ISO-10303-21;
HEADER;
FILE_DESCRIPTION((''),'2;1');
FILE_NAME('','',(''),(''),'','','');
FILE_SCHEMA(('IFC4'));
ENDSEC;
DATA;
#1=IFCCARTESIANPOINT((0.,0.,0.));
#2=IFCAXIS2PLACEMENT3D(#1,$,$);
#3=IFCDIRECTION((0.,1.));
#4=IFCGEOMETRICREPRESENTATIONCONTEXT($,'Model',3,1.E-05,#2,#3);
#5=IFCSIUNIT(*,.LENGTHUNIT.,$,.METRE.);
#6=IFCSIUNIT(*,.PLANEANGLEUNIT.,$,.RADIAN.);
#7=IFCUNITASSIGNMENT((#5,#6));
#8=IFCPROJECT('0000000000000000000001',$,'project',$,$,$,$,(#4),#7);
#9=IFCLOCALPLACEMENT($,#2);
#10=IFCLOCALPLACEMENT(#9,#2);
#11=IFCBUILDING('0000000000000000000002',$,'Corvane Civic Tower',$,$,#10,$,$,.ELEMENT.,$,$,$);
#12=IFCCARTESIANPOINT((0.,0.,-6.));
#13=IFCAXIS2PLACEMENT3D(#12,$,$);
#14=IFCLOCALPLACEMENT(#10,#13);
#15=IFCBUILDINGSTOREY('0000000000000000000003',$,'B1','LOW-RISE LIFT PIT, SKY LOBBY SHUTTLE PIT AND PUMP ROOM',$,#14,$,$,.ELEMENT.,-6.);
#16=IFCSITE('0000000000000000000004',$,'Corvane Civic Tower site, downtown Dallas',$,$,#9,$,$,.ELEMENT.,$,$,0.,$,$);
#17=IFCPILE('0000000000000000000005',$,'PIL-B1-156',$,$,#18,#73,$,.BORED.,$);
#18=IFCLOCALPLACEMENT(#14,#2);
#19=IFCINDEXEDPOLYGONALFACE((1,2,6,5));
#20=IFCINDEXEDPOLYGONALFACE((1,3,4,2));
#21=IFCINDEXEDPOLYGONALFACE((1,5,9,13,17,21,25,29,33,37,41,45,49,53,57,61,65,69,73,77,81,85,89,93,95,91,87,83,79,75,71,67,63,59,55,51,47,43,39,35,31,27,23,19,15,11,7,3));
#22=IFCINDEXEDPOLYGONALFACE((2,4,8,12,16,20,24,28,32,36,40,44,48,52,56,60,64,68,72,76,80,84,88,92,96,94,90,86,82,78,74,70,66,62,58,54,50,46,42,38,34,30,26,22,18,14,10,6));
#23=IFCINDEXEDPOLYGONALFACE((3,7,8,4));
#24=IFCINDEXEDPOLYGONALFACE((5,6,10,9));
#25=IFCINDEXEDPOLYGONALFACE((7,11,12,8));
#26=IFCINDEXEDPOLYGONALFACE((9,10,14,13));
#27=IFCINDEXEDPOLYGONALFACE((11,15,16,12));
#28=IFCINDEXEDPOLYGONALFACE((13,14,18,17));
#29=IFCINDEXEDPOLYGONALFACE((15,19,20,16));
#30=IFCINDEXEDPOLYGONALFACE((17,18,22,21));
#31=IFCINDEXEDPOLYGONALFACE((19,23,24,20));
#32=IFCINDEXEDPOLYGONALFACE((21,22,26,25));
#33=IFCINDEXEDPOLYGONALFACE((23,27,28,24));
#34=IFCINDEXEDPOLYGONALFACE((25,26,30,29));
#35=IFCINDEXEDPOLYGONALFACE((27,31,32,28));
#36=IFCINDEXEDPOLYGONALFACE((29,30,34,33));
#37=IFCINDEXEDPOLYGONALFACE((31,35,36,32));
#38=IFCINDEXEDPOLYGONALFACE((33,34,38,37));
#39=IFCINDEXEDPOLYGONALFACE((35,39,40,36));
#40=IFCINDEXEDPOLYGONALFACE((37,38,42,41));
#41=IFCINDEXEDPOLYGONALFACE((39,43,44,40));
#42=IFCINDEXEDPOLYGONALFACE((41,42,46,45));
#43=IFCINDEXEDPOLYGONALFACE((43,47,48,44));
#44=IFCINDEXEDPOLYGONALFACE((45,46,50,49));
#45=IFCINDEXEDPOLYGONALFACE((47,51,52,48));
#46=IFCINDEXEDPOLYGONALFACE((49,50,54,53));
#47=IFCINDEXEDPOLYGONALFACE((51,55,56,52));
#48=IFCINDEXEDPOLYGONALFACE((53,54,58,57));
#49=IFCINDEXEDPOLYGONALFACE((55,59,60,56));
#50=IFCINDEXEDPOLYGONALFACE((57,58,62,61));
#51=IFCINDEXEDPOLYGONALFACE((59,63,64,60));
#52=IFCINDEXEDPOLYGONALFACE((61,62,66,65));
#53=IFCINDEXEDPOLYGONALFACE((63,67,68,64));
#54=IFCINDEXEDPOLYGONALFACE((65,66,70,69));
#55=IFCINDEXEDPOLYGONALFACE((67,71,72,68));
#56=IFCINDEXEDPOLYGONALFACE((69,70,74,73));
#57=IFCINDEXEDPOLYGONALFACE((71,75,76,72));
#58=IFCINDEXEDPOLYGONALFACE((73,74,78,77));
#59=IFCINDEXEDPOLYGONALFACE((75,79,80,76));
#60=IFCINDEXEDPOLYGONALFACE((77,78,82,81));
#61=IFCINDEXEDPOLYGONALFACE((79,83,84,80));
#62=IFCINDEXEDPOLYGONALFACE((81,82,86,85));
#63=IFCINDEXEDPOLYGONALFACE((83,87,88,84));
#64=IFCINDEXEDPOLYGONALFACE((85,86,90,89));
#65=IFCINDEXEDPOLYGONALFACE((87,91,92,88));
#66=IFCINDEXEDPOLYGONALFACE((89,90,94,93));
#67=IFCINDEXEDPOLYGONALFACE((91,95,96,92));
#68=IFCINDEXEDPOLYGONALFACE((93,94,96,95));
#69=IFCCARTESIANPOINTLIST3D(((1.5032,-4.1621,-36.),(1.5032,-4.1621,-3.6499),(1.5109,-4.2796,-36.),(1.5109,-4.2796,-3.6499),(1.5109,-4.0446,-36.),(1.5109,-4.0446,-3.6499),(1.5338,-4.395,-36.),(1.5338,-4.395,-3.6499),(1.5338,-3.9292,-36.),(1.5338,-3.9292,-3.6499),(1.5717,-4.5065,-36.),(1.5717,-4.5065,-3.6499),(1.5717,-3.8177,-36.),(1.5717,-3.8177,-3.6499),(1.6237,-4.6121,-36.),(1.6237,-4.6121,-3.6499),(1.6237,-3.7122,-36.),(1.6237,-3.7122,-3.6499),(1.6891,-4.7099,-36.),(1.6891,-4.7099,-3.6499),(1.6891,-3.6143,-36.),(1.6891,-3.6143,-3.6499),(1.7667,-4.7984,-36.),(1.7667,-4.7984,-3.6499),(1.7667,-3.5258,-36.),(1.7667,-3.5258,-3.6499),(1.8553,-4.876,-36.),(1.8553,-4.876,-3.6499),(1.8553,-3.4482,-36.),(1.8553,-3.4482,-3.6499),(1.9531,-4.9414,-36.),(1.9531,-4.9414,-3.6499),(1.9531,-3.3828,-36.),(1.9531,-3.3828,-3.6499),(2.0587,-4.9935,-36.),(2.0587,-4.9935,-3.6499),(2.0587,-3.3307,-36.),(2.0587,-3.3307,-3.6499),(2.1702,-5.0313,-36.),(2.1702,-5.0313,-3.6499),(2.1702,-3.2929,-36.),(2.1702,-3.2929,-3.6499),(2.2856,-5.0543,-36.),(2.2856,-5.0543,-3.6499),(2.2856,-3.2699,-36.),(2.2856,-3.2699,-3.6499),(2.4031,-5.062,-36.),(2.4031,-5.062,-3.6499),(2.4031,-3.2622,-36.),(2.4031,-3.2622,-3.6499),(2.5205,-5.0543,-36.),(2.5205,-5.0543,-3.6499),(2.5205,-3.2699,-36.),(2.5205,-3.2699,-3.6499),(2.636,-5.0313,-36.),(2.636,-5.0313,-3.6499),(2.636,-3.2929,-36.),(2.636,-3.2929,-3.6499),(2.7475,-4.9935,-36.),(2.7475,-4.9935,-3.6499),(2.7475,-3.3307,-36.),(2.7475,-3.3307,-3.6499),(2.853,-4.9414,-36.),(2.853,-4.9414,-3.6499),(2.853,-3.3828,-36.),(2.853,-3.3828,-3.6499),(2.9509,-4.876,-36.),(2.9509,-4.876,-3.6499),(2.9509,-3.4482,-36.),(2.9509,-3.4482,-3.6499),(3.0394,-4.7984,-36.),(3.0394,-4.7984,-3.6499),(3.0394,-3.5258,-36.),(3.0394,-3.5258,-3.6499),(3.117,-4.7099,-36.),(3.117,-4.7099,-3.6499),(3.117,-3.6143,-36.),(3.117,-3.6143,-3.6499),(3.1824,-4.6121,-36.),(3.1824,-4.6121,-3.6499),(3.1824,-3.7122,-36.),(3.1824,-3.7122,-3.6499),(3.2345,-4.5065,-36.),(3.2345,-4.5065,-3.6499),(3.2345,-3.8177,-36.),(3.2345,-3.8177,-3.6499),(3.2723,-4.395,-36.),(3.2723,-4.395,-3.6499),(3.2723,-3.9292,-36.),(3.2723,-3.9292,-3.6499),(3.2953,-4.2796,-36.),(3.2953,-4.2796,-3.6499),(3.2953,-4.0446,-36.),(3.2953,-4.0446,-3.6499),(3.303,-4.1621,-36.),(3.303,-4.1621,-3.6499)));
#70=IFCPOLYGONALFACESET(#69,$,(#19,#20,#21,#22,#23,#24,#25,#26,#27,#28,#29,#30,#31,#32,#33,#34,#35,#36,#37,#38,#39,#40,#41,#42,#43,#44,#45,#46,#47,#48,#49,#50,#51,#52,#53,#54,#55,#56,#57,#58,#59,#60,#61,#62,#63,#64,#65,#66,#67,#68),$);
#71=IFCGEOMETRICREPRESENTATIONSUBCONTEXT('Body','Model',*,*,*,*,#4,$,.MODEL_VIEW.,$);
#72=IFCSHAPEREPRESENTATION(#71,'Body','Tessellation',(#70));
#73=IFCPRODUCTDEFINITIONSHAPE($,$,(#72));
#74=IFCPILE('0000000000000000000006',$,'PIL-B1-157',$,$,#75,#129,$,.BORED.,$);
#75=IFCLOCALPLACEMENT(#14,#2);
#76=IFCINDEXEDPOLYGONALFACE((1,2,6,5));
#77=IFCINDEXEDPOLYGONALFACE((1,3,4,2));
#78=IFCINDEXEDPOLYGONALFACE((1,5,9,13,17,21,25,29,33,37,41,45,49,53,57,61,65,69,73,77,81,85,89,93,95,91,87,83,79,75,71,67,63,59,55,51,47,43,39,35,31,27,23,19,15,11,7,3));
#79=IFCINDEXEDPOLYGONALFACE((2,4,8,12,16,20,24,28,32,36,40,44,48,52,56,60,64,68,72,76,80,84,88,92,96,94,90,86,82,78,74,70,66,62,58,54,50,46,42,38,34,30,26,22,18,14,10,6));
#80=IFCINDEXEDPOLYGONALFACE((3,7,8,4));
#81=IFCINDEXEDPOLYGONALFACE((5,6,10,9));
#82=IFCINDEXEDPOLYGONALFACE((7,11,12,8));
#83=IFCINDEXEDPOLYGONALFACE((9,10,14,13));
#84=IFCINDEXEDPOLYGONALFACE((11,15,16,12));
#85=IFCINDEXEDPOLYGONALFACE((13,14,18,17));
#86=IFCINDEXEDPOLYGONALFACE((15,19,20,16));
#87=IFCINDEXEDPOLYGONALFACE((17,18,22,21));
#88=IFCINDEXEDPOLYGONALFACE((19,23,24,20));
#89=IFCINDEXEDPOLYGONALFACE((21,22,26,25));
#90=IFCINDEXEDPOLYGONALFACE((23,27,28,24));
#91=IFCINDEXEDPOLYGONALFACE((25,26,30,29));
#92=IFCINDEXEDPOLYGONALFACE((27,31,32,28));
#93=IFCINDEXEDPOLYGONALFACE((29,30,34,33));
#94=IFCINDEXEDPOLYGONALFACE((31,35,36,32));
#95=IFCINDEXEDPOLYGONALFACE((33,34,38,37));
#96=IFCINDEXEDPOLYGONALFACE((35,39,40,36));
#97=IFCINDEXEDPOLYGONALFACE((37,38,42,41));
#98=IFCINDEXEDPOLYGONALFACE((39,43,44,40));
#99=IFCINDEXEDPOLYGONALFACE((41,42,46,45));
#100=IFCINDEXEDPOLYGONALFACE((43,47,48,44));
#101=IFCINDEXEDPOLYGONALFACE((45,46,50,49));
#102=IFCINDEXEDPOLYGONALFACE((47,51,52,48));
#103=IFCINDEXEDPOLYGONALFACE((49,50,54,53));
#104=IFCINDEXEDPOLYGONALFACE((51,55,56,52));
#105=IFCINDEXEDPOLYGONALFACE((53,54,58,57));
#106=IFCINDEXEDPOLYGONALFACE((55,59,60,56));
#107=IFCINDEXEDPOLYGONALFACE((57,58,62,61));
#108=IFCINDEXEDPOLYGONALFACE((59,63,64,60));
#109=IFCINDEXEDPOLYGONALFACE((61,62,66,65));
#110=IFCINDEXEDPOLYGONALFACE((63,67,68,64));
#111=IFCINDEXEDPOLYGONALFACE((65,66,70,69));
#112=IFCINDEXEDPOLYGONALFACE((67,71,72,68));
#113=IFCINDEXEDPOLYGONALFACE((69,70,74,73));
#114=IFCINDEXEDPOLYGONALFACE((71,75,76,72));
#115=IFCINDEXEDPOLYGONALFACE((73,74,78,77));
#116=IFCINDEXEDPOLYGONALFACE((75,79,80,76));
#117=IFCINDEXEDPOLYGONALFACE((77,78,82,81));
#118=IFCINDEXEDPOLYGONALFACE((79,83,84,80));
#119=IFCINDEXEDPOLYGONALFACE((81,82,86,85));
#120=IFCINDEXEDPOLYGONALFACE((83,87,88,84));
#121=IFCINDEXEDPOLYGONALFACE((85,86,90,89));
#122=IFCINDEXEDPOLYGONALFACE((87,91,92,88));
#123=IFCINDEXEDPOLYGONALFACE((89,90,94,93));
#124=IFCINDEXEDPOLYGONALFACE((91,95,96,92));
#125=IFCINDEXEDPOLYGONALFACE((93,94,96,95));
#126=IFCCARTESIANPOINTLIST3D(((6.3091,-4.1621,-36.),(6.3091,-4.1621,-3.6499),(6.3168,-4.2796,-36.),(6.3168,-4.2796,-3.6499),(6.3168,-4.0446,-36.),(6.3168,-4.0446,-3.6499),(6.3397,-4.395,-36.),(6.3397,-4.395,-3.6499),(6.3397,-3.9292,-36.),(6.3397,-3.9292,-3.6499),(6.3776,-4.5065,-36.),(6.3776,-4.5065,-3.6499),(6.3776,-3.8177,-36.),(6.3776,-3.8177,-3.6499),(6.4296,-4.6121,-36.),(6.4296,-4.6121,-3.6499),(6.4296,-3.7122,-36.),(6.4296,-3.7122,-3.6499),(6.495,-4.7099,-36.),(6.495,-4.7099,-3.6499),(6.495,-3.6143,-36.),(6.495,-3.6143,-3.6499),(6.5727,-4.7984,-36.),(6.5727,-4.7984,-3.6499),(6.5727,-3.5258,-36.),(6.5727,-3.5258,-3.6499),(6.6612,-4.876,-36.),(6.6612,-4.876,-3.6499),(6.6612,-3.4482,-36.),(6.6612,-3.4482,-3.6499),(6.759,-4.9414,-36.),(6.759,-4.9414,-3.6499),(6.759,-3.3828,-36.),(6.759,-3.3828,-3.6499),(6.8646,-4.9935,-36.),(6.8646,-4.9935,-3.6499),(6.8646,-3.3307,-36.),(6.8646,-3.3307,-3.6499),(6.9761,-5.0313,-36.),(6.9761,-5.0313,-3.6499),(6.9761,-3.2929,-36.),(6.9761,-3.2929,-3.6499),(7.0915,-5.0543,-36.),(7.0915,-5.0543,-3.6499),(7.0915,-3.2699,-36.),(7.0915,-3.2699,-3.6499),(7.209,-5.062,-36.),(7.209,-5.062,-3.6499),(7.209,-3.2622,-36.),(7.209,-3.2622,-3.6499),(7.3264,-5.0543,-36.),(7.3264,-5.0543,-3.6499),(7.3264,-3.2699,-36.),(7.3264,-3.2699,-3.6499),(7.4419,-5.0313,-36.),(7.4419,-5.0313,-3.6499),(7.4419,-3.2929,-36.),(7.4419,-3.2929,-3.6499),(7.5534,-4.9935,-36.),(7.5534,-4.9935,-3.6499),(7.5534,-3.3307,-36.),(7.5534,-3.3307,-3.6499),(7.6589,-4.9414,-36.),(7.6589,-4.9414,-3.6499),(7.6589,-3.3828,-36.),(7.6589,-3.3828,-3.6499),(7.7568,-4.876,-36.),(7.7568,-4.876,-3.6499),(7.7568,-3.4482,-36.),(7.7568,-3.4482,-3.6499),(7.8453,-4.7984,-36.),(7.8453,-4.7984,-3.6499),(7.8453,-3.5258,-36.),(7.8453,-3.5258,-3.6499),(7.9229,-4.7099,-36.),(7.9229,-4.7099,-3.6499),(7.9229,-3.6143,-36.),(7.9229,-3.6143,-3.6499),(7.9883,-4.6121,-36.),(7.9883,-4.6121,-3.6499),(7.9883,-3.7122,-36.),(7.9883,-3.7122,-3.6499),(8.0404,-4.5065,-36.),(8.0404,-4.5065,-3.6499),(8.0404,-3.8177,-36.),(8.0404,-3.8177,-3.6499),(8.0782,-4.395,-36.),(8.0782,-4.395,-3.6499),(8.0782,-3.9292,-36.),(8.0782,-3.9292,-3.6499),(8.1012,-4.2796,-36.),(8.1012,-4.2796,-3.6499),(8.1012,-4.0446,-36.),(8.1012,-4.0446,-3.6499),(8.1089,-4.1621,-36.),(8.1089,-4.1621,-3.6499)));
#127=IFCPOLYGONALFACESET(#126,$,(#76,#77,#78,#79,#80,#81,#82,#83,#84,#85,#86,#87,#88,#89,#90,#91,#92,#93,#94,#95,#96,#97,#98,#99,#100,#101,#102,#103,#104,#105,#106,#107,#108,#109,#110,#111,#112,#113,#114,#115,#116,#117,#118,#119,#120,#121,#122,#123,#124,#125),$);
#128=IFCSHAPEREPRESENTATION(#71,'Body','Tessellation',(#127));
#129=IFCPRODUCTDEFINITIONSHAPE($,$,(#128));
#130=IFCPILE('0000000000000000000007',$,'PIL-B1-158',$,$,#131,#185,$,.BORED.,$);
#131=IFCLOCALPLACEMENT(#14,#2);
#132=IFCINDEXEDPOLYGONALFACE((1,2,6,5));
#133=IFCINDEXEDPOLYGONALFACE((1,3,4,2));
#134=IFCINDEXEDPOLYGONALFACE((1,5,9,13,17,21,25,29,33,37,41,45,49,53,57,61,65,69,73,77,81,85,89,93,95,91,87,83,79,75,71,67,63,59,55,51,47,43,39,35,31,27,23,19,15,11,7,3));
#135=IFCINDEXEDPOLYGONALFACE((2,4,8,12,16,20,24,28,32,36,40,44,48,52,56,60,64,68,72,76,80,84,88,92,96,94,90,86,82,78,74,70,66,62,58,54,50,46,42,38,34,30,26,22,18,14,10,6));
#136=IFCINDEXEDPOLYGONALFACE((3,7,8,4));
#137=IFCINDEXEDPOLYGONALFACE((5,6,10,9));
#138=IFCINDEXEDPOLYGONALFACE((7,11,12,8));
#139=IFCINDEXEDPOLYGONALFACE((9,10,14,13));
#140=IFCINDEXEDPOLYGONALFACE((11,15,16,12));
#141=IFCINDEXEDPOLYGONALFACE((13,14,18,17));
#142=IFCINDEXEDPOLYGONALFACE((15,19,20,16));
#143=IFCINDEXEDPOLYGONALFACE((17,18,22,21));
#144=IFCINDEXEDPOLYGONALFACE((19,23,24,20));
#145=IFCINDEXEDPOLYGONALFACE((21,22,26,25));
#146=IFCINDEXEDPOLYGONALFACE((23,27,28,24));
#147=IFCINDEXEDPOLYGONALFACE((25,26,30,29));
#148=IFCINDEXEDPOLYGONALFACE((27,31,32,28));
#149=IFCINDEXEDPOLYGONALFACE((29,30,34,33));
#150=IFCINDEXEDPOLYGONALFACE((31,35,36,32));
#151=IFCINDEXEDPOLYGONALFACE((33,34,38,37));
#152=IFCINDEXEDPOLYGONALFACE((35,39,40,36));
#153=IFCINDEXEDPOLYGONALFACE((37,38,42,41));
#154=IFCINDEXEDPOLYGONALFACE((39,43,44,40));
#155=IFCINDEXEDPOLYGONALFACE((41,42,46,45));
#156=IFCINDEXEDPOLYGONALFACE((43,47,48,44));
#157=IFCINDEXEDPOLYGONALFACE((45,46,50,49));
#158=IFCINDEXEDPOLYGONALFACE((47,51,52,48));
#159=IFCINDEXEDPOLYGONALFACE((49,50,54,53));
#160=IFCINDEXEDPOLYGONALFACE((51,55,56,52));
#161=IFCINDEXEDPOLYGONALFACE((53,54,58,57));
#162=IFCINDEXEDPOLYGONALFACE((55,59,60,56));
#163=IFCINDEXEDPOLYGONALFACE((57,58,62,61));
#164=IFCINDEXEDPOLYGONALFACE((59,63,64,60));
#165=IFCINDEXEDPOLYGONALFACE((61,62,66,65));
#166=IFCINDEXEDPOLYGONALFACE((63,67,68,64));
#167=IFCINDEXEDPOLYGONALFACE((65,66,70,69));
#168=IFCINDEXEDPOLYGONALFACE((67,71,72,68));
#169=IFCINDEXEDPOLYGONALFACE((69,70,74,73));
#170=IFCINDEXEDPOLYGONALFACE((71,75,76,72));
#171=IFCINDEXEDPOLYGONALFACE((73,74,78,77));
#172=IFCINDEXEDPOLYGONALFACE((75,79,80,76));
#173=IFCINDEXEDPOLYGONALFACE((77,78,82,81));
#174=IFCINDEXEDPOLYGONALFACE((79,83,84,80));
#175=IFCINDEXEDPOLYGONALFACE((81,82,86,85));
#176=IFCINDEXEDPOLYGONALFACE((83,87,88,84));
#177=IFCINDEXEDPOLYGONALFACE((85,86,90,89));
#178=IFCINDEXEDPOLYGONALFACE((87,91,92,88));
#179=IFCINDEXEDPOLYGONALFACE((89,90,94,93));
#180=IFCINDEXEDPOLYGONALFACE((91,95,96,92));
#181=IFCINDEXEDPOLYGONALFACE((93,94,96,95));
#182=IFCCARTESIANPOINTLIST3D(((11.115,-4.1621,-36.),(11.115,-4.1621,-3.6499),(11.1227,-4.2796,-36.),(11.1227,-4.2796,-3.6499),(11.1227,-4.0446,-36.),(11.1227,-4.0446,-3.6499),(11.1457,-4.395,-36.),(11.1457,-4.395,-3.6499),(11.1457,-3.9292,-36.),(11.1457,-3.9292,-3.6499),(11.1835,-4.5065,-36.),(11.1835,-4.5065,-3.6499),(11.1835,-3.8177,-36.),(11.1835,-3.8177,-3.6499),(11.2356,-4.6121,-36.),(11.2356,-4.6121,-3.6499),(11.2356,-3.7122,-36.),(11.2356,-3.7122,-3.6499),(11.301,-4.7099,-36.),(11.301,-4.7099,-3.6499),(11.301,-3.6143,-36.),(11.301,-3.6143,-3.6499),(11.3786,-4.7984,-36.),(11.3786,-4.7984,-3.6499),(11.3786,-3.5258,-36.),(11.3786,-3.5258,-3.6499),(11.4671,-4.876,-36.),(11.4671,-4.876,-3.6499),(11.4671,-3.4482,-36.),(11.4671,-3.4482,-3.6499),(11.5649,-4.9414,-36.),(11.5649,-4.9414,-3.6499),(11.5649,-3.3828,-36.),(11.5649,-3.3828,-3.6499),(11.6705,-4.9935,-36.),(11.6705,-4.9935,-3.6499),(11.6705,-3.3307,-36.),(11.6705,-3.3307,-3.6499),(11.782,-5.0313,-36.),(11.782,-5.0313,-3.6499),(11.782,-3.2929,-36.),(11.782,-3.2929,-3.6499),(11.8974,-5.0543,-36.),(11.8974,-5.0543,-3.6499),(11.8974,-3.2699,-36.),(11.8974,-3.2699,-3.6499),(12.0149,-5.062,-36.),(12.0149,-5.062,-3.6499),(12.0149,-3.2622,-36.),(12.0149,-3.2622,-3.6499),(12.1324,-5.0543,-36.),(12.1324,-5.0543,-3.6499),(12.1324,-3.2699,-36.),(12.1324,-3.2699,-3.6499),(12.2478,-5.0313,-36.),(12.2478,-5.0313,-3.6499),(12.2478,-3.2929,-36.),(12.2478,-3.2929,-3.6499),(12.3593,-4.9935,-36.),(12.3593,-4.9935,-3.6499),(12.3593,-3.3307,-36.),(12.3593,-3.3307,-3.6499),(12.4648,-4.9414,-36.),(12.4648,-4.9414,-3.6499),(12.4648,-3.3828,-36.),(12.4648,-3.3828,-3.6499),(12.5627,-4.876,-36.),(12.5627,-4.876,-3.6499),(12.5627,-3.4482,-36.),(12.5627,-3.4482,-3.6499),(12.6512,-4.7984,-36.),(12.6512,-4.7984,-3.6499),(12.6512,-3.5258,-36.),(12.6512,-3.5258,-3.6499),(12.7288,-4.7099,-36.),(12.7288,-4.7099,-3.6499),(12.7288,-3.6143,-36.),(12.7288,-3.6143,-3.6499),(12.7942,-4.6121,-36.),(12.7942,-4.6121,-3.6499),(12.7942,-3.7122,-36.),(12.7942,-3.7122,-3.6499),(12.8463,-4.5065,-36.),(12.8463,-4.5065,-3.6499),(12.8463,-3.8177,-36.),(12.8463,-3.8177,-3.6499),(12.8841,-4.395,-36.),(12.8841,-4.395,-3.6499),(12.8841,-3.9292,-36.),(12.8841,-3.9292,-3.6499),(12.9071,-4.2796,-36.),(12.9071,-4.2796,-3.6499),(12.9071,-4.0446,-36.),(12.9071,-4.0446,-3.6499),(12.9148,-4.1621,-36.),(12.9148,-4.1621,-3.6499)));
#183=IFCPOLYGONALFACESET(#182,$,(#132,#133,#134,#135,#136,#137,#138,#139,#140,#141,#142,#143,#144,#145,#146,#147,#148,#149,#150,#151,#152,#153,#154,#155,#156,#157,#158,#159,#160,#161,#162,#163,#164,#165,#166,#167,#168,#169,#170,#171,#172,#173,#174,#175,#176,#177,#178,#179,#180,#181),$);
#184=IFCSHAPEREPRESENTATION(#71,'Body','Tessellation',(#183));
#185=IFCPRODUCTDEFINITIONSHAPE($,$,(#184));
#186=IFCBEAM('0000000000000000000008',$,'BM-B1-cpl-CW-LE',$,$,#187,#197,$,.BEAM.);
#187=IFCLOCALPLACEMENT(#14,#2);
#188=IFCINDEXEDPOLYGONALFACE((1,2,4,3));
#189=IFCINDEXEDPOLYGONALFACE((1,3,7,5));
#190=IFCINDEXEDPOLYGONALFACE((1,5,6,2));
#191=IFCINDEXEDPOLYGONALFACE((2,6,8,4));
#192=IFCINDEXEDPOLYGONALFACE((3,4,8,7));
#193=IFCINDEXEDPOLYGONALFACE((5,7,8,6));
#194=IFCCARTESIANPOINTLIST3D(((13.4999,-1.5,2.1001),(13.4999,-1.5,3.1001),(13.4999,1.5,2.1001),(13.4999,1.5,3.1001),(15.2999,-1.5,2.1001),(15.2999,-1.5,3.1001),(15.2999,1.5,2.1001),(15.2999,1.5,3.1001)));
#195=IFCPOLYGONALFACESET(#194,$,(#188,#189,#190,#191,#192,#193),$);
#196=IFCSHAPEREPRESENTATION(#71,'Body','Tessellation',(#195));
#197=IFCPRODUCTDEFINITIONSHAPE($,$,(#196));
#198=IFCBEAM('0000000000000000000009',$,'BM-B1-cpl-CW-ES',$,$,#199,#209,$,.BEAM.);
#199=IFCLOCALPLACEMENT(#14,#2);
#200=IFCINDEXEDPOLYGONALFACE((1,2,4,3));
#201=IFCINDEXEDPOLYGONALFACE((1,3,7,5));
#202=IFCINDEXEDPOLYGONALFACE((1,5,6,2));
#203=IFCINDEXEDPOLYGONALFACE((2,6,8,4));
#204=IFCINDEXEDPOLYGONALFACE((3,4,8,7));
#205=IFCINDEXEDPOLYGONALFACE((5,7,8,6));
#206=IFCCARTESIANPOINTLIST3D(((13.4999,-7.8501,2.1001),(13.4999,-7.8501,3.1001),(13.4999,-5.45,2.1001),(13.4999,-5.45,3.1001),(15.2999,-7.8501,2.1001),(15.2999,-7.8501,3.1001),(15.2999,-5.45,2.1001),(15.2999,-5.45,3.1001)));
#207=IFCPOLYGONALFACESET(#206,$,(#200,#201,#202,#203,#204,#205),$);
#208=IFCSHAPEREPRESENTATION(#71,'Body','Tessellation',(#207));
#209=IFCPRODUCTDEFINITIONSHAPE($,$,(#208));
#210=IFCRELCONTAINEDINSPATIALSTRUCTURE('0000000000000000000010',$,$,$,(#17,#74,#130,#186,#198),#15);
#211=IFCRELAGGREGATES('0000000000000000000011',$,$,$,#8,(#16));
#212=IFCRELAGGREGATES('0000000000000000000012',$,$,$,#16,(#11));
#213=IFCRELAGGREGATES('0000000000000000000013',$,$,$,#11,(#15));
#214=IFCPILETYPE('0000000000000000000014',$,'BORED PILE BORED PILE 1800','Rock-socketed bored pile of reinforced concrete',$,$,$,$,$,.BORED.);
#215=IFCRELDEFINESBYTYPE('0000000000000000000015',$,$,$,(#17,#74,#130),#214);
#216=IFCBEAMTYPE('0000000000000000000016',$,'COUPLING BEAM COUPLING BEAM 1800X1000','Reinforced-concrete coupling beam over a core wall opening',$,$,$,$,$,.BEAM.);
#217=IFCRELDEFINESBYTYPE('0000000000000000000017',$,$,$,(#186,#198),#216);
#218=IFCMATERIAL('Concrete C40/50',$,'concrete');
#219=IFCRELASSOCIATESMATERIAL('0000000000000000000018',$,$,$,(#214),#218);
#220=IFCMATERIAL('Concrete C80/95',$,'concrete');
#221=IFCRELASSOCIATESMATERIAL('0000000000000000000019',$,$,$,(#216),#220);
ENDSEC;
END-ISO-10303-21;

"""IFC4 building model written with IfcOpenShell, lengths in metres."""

from ifc_helpers import new_model, si_unit, direction, frame, origin, origin_2d, place, context, subcontext, project, spatial, rectangle, circle, extrude, material, material_profile, profile_set, type_object, element, save


model = new_model("IFC4")

# Units and contexts
model_context = context("Model", 3, precision=1e-05, world=origin(), true_north=direction((0.0, 1.0)))
body_context = subcontext(model_context, "Body", "Model", "MODEL_VIEW")
ifc_project = project(units=[si_unit("LENGTHUNIT", "METRE"), si_unit("PLANEANGLEUNIT", "RADIAN")], contexts=[model_context])

# Site, building, storey
site_placement = place(None, origin())
site = spatial("IfcSite", under=ifc_project, at=site_placement, Name="Corvane Civic Tower site, downtown Dallas", CompositionType="ELEMENT", RefElevation=0.0)
building_placement = place(site_placement, origin())
building = spatial("IfcBuilding", under=site, at=building_placement, Name="Corvane Civic Tower", CompositionType="ELEMENT")
storey_placement = place(building_placement, frame((0.0, 0.0, -6.0)))
storey = spatial("IfcBuildingStorey", under=building, at=storey_placement, Name="B1", Description="LOW-RISE LIFT PIT, SKY LOBBY SHUTTLE PIT AND PUMP ROOM", CompositionType="ELEMENT", Elevation=-6.0)

# Piles
ifc_material_1 = material(Name="Concrete C40/50", Category="concrete")
ifc_material_profile_1 = material_profile(ifc_material_1, circle(Radius=0.8999, at=origin_2d()), Name="BORED PILE 1800")
ifc_profile_set_1 = profile_set([ifc_material_profile_1], Name="Concrete C40/50")
pile_type = type_object("IfcPileType", Name="BORED PILE BORED PILE 1800", Description="Rock-socketed bored pile of reinforced concrete", PredefinedType="BORED", material=ifc_profile_set_1)
for number, where, z_axis, x_axis, name in (
    (1, (2.4031, -4.1621, -3.6499), (0.0, 0.0, -1.0), (1.0, 0.0, 0.0), "PIL-B1-156"),
    (2, (7.209, -4.1621, -3.6499), (0.0, 0.0, -1.0), (1.0, 0.0, 0.0), "PIL-B1-157"),
    (3, (12.0149, -4.1621, -3.6499), (0.0, 0.0, -1.0), (1.0, 0.0, 0.0), "PIL-B1-158"),
):
    element("IfcPile", number, at=place(storey_placement, frame(where, z_axis=z_axis, x_axis=x_axis)), inside=storey, type_object=pile_type, Name=name, PredefinedType="BORED", context=body_context, shape_type="SweptSolid", body=[
        extrude(circle(Radius=0.8999, at=origin_2d()), origin(), (0.0, 0.0, 1.0), 32.3501),
    ])

# Beams
ifc_material_2 = material(Name="Concrete C80/95", Category="concrete")
ifc_material_profile_2 = material_profile(ifc_material_2, rectangle(XDim=1.8, YDim=1.0, at=origin_2d()), Name="COUPLING BEAM 1800X1000")
ifc_profile_set_2 = profile_set([ifc_material_profile_2], Name="Concrete C80/95")
beam_type = type_object("IfcBeamType", Name="COUPLING BEAM COUPLING BEAM 1800X1000", Description="Reinforced-concrete coupling beam over a core wall opening", PredefinedType="BEAM", material=ifc_profile_set_2)
beam_1_placement = place(storey_placement, frame((14.3999, -1.5, 2.6001), z_axis=(0.0, 1.0, 0.0), x_axis=(-1.0, 0.0, 0.0)))
element("IfcBeam", 4, at=beam_1_placement, inside=storey, type_object=beam_type, Name="BM-B1-cpl-CW-LE", PredefinedType="BEAM", context=body_context, shape_type="SweptSolid", body=[
    extrude(rectangle(XDim=1.8, YDim=1.0, at=origin_2d()), origin(), (0.0, 0.0, 1.0), 3.0),
])
beam_2_placement = place(storey_placement, frame((14.3999, -7.8501, 2.6001), z_axis=(0.0, 1.0, 0.0), x_axis=(-1.0, 0.0, 0.0)))
element("IfcBeam", 5, at=beam_2_placement, inside=storey, type_object=beam_type, Name="BM-B1-cpl-CW-ES", PredefinedType="BEAM", context=body_context, shape_type="SweptSolid", body=[
    extrude(rectangle(XDim=1.8, YDim=1.0, at=origin_2d()), origin(), (0.0, 0.0, 1.0), 2.4001),
])

save(model, "model.ifc")
